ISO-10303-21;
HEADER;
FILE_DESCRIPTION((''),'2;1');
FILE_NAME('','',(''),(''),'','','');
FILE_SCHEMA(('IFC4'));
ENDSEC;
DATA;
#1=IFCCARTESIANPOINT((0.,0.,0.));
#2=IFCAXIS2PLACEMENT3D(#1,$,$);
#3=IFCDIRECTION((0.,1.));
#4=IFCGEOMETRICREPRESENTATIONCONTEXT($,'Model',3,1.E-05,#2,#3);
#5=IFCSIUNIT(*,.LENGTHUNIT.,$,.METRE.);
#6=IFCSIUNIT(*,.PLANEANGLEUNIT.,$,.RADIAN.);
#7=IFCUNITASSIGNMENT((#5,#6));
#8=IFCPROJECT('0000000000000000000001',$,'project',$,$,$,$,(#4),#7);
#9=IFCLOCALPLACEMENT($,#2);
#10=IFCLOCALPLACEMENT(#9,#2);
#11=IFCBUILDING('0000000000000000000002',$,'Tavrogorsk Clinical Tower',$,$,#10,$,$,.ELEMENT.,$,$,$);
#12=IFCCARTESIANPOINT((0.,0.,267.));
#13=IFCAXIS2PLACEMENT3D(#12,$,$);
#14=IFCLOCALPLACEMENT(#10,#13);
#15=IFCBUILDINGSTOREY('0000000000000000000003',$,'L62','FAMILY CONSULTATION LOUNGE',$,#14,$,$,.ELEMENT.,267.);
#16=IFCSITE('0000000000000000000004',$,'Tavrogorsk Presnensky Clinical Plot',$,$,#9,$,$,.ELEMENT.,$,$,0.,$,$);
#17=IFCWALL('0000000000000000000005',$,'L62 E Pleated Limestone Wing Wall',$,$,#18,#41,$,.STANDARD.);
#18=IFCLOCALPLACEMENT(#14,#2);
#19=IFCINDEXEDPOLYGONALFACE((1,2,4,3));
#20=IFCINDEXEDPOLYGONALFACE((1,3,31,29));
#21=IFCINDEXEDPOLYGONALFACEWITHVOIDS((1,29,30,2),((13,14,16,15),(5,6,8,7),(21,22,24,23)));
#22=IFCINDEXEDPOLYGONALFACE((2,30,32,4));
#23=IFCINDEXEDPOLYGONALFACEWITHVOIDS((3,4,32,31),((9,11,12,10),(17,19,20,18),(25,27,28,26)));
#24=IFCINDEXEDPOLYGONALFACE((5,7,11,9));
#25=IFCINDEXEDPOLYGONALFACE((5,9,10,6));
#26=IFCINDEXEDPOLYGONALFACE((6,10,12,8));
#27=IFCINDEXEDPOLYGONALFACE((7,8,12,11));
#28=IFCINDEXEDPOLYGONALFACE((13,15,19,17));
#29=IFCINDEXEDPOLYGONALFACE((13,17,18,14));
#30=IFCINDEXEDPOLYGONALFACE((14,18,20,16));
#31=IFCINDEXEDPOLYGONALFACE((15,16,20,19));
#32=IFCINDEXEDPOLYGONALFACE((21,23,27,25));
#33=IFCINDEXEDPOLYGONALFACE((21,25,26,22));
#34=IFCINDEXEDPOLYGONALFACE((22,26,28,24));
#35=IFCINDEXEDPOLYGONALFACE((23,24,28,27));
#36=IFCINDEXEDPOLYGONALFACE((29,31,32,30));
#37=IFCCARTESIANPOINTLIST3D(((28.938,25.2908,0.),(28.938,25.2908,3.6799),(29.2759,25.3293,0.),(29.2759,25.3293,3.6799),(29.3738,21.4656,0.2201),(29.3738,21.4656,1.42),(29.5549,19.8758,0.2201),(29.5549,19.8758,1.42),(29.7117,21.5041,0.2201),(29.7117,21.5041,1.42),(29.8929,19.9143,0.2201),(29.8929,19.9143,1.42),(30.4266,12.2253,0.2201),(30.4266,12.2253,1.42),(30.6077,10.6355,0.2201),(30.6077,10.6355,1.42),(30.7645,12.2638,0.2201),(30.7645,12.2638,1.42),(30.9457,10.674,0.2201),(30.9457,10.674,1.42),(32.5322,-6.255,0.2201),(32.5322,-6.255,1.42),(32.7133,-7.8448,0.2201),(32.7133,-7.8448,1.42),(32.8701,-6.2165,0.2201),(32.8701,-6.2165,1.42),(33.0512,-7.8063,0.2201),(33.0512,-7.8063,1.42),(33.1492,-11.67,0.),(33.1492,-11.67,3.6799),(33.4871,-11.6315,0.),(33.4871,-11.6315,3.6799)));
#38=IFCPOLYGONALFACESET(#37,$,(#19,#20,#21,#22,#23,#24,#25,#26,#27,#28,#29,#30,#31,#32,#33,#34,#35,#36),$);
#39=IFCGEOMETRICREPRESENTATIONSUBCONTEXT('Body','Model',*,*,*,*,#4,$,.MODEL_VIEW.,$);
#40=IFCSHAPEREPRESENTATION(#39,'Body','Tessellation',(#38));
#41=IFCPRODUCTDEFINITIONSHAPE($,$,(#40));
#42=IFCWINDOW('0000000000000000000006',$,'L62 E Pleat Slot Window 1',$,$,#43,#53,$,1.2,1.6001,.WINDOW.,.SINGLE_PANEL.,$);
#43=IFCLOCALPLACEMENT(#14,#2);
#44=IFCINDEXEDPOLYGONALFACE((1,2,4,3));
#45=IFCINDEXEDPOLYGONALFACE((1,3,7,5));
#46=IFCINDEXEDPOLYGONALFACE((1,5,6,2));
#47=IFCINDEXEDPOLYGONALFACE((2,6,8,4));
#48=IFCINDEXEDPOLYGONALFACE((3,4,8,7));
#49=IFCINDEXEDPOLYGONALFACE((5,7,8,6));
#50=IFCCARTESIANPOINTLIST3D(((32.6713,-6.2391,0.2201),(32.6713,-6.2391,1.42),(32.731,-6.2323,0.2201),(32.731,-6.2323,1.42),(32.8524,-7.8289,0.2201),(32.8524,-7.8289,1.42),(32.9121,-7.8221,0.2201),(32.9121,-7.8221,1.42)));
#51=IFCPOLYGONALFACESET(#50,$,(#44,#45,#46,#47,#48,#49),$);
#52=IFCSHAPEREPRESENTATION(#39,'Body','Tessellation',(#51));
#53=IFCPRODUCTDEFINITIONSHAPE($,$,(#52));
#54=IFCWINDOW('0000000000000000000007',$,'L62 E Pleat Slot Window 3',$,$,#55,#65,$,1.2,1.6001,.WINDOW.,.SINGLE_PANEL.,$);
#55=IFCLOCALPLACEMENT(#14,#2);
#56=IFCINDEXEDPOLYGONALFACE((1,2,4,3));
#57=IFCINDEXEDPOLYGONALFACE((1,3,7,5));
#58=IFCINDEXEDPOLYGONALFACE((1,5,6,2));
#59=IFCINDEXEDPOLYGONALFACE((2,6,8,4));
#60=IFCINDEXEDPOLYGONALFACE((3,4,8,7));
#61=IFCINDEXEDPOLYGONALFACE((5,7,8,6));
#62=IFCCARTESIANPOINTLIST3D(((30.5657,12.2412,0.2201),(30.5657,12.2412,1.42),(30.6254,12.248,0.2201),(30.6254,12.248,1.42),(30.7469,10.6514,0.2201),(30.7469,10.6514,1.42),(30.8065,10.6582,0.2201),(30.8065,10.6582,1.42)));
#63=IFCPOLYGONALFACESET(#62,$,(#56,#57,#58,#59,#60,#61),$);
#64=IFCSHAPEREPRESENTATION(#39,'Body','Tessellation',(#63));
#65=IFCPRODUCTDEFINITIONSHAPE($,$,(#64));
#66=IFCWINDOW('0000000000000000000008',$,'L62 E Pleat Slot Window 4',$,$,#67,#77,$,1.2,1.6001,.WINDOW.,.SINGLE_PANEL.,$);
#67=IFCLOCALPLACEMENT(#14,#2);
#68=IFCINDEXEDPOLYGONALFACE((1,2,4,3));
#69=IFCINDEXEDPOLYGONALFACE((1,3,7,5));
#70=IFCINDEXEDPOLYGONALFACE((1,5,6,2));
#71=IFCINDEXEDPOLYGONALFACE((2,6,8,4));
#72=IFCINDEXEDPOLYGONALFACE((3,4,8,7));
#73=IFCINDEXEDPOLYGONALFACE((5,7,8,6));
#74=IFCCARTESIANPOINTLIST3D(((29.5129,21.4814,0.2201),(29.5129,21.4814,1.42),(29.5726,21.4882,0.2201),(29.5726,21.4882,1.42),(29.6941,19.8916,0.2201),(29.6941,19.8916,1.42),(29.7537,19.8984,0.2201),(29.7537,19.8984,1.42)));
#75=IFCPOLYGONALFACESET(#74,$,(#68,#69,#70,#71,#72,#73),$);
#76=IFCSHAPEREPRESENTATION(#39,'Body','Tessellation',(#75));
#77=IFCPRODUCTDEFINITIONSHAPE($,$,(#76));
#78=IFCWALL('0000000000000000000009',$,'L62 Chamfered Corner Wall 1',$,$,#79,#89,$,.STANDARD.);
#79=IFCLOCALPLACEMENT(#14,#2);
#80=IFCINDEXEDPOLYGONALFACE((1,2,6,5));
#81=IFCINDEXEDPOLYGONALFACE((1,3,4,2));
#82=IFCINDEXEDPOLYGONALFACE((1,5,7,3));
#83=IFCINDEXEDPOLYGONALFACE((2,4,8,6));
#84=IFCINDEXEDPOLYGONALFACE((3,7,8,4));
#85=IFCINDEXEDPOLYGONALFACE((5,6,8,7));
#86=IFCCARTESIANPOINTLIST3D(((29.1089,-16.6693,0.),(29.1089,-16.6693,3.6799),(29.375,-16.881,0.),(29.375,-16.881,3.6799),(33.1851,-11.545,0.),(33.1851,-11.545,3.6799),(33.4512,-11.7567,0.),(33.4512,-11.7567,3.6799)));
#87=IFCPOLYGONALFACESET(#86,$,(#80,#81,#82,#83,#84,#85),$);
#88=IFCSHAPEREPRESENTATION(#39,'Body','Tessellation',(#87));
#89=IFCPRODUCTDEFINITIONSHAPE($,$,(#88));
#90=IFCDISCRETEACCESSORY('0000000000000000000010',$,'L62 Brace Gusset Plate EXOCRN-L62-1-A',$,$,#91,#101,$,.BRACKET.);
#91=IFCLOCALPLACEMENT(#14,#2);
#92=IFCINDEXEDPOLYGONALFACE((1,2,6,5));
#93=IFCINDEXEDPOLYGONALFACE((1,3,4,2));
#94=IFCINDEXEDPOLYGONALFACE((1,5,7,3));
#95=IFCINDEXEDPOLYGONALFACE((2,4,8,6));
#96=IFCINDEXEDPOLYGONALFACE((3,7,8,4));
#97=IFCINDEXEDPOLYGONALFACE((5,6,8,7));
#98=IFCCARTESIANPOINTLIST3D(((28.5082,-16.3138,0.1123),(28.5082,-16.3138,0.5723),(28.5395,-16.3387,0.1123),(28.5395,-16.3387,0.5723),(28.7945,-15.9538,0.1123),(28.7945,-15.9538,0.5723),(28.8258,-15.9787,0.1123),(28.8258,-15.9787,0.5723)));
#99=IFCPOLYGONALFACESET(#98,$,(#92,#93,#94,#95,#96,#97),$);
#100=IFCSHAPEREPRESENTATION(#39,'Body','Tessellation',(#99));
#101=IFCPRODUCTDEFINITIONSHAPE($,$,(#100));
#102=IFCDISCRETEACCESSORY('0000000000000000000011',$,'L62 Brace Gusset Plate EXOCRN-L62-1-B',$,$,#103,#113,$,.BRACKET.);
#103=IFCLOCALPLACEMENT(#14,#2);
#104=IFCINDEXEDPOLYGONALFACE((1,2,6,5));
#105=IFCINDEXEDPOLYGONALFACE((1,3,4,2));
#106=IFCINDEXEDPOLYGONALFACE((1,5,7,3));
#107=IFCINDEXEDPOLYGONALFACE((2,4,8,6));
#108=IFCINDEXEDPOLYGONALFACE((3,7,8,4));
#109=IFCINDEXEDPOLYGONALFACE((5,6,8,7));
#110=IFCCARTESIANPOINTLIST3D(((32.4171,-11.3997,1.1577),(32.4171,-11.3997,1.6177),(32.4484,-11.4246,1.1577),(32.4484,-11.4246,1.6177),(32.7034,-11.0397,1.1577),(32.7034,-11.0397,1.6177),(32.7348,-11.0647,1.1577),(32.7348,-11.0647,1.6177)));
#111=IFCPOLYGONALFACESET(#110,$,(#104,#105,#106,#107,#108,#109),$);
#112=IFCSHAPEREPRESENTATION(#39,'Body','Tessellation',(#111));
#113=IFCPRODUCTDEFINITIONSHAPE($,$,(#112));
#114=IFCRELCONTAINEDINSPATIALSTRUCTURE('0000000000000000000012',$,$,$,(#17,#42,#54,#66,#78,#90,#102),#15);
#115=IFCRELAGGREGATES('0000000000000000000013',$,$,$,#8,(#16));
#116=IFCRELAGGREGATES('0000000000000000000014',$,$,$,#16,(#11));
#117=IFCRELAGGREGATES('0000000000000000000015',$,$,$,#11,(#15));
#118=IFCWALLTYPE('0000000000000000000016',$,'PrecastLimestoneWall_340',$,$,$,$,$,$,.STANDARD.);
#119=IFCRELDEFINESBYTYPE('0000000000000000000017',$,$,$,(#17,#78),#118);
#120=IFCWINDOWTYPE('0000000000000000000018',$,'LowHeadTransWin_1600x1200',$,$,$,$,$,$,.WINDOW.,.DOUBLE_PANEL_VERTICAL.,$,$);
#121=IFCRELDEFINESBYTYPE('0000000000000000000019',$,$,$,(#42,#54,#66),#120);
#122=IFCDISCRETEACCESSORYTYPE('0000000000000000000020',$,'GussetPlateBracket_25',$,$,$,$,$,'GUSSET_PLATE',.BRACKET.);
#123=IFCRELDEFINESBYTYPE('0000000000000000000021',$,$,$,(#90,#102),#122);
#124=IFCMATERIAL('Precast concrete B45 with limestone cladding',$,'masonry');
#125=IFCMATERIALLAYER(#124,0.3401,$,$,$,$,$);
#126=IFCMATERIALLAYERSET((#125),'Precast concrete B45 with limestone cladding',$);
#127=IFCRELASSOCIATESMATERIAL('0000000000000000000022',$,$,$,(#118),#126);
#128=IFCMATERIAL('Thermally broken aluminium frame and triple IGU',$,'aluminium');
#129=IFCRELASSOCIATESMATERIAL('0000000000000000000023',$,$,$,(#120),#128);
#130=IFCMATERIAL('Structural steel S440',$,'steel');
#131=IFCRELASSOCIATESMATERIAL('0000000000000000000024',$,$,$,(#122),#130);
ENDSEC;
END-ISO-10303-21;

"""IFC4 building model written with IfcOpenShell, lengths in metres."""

from ifc_helpers import new_model, si_unit, direction, frame, frame_2d, origin, origin_2d, place, context, subcontext, project, spatial, rectangle, extrude, material, layer, layer_set, type_object, element, fill, save


model = new_model("IFC4")

# Units and contexts
model_context = context("Model", 3, precision=1e-05, world=origin(), true_north=direction((0.0, 1.0)))
body_context = subcontext(model_context, "Body", "Model", "MODEL_VIEW")
ifc_project = project(units=[si_unit("LENGTHUNIT", "METRE"), si_unit("PLANEANGLEUNIT", "RADIAN")], contexts=[model_context])

# Site, building, storey
site_placement = place(None, origin())
site = spatial("IfcSite", under=ifc_project, at=site_placement, Name="Tavrogorsk Presnensky Clinical Plot", CompositionType="ELEMENT", RefElevation=0.0)
building_placement = place(site_placement, origin())
building = spatial("IfcBuilding", under=site, at=building_placement, Name="Tavrogorsk Clinical Tower", CompositionType="ELEMENT")
storey_placement = place(building_placement, frame((0.0, 0.0, 267.0)))
storey = spatial("IfcBuildingStorey", under=building, at=storey_placement, Name="L62", Description="FAMILY CONSULTATION LOUNGE", CompositionType="ELEMENT", Elevation=267.0)

# Wall, openings, windows
ifc_material_1 = material(Name="Precast concrete B45 with limestone cladding", Category="masonry")
ifc_layer_1 = layer(ifc_material_1, 0.3401)
ifc_layer_set_1 = layer_set([ifc_layer_1], Name="Precast concrete B45 with limestone cladding")
wall_type_1 = type_object("IfcWallType", Name="PrecastLimestoneWall_340", PredefinedType="STANDARD", material=ifc_layer_set_1)
wall_1_placement = place(storey_placement, frame((33.3181, -11.6509, 0.0), z_axis=(0.0, 0.0, 1.0), x_axis=(-0.113204, 0.993572, 0.0)))
wall_1 = element("IfcWall", 1, at=wall_1_placement, inside=storey, type_object=wall_type_1, Name="L62 E Pleated Limestone Wing Wall", PredefinedType="STANDARD", context=body_context, shape_type="SweptSolid", body=[
    extrude(rectangle(XDim=37.2, YDim=0.3401, at=frame_2d((18.6001, 0.0))), origin(), (0.0, 0.0, 1.0), 3.6799),
])
opening_1_placement = place(wall_1_placement, frame((3.8501, 0.0, 0.22)))
opening_1 = element("IfcOpeningElement", 2, at=opening_1_placement, cuts=wall_1, PredefinedType="OPENING", context=body_context, shape_type="SweptSolid", body=[
    extrude(rectangle(XDim=1.6001, YDim=1.2, at=frame_2d((0.8, 0.6001))), frame((0.0, 0.1799, 0.0), z_axis=(0.0, -1.0, 0.0), x_axis=(1.0, 0.0, 0.0)), (0.0, 0.0, 1.0), 0.3601),
])
opening_2_placement = place(wall_1_placement, frame((22.45, 0.0, 0.22)))
opening_2 = element("IfcOpeningElement", 3, at=opening_2_placement, cuts=wall_1, PredefinedType="OPENING", context=body_context, shape_type="SweptSolid", body=[
    extrude(rectangle(XDim=1.6001, YDim=1.2, at=frame_2d((0.8, 0.6001))), frame((0.0, 0.1799, 0.0), z_axis=(0.0, -1.0, 0.0), x_axis=(1.0, 0.0, 0.0)), (0.0, 0.0, 1.0), 0.3601),
])
opening_3_placement = place(wall_1_placement, frame((31.75, 0.0, 0.22)))
opening_3 = element("IfcOpeningElement", 4, at=opening_3_placement, cuts=wall_1, PredefinedType="OPENING", context=body_context, shape_type="SweptSolid", body=[
    extrude(rectangle(XDim=1.6001, YDim=1.2, at=frame_2d((0.8, 0.6001))), frame((0.0, 0.1799, 0.0), z_axis=(0.0, -1.0, 0.0), x_axis=(1.0, 0.0, 0.0)), (0.0, 0.0, 1.0), 0.3601),
])
ifc_material_2 = material(Name="Thermally broken aluminium frame and triple IGU", Category="aluminium")
window_type = type_object("IfcWindowType", Name="LowHeadTransWin_1600x1200", PartitioningType="DOUBLE_PANEL_VERTICAL", PredefinedType="WINDOW", material=ifc_material_2)
window_1_placement = place(opening_1_placement, origin())
window_1 = element("IfcWindow", 5, at=window_1_placement, inside=storey, type_object=window_type, Name="L62 E Pleat Slot Window 1", OverallHeight=1.2, OverallWidth=1.6001, PartitioningType="SINGLE_PANEL", PredefinedType="WINDOW", context=body_context, shape_type="SweptSolid", body=[
    extrude(rectangle(XDim=1.6001, YDim=1.2, at=frame_2d((0.8, 0.6001))), frame((0.0, 0.03, 0.0), z_axis=(0.0, -1.0, 0.0), x_axis=(1.0, 0.0, 0.0)), (0.0, 0.0, 1.0), 0.0601),
])
fill(opening_1, window_1)
window_2_placement = place(opening_2_placement, origin())
window_2 = element("IfcWindow", 6, at=window_2_placement, inside=storey, type_object=window_type, Name="L62 E Pleat Slot Window 3", OverallHeight=1.2, OverallWidth=1.6001, PartitioningType="SINGLE_PANEL", PredefinedType="WINDOW", context=body_context, shape_type="SweptSolid", body=[
    extrude(rectangle(XDim=1.6001, YDim=1.2, at=frame_2d((0.8, 0.6001))), frame((0.0, 0.03, 0.0), z_axis=(0.0, -1.0, 0.0), x_axis=(1.0, 0.0, 0.0)), (0.0, 0.0, 1.0), 0.0601),
])
fill(opening_2, window_2)
window_3_placement = place(opening_3_placement, origin())
window_3 = element("IfcWindow", 7, at=window_3_placement, inside=storey, type_object=window_type, Name="L62 E Pleat Slot Window 4", OverallHeight=1.2, OverallWidth=1.6001, PartitioningType="SINGLE_PANEL", PredefinedType="WINDOW", context=body_context, shape_type="SweptSolid", body=[
    extrude(rectangle(XDim=1.6001, YDim=1.2, at=frame_2d((0.8, 0.6001))), frame((0.0, 0.03, 0.0), z_axis=(0.0, -1.0, 0.0), x_axis=(1.0, 0.0, 0.0)), (0.0, 0.0, 1.0), 0.0601),
])
fill(opening_3, window_3)

# Wall
wall_2_placement = place(storey_placement, frame((29.2419, -16.7751, 0.0), z_axis=(0.0, 0.0, 1.0), x_axis=(0.622528, 0.782597, 0.0)))
element("IfcWall", 8, at=wall_2_placement, inside=storey, type_object=wall_type_1, Name="L62 Chamfered Corner Wall 1", PredefinedType="STANDARD", context=body_context, shape_type="SweptSolid", body=[
    extrude(rectangle(XDim=6.5479, YDim=0.3401, at=frame_2d((3.2739, 0.0))), origin(), (0.0, 0.0, 1.0), 3.6799),
])

# Discrete accessories
ifc_material_3 = material(Name="Structural steel S440", Category="steel")
discrete_accessory_type = type_object("IfcDiscreteAccessoryType", Name="GussetPlateBracket_25", ElementType="GUSSET_PLATE", PredefinedType="BRACKET", material=ifc_material_3)
for number, where, z_axis, x_axis, name in (
    (9, (28.667, -16.1462, 0.1123), (0.0, 0.0, 1.0), (0.622515, 0.782608, 0.0), "L62 Brace Gusset Plate EXOCRN-L62-1-A"),
    (10, (32.5759, -11.2322, 1.1577), (0.0, 0.0, 1.0), (0.622515, 0.782608, 0.0), "L62 Brace Gusset Plate EXOCRN-L62-1-B"),
):
    element("IfcDiscreteAccessory", number, at=place(storey_placement, frame(where, z_axis=z_axis, x_axis=x_axis)), inside=storey, type_object=discrete_accessory_type, Name=name, PredefinedType="BRACKET", context=body_context, shape_type="SweptSolid", body=[
        extrude(rectangle(XDim=0.46, YDim=0.04, at=origin_2d()), origin(), (0.0, 0.0, 1.0), 0.46),
    ])

save(model, "model.ifc")
